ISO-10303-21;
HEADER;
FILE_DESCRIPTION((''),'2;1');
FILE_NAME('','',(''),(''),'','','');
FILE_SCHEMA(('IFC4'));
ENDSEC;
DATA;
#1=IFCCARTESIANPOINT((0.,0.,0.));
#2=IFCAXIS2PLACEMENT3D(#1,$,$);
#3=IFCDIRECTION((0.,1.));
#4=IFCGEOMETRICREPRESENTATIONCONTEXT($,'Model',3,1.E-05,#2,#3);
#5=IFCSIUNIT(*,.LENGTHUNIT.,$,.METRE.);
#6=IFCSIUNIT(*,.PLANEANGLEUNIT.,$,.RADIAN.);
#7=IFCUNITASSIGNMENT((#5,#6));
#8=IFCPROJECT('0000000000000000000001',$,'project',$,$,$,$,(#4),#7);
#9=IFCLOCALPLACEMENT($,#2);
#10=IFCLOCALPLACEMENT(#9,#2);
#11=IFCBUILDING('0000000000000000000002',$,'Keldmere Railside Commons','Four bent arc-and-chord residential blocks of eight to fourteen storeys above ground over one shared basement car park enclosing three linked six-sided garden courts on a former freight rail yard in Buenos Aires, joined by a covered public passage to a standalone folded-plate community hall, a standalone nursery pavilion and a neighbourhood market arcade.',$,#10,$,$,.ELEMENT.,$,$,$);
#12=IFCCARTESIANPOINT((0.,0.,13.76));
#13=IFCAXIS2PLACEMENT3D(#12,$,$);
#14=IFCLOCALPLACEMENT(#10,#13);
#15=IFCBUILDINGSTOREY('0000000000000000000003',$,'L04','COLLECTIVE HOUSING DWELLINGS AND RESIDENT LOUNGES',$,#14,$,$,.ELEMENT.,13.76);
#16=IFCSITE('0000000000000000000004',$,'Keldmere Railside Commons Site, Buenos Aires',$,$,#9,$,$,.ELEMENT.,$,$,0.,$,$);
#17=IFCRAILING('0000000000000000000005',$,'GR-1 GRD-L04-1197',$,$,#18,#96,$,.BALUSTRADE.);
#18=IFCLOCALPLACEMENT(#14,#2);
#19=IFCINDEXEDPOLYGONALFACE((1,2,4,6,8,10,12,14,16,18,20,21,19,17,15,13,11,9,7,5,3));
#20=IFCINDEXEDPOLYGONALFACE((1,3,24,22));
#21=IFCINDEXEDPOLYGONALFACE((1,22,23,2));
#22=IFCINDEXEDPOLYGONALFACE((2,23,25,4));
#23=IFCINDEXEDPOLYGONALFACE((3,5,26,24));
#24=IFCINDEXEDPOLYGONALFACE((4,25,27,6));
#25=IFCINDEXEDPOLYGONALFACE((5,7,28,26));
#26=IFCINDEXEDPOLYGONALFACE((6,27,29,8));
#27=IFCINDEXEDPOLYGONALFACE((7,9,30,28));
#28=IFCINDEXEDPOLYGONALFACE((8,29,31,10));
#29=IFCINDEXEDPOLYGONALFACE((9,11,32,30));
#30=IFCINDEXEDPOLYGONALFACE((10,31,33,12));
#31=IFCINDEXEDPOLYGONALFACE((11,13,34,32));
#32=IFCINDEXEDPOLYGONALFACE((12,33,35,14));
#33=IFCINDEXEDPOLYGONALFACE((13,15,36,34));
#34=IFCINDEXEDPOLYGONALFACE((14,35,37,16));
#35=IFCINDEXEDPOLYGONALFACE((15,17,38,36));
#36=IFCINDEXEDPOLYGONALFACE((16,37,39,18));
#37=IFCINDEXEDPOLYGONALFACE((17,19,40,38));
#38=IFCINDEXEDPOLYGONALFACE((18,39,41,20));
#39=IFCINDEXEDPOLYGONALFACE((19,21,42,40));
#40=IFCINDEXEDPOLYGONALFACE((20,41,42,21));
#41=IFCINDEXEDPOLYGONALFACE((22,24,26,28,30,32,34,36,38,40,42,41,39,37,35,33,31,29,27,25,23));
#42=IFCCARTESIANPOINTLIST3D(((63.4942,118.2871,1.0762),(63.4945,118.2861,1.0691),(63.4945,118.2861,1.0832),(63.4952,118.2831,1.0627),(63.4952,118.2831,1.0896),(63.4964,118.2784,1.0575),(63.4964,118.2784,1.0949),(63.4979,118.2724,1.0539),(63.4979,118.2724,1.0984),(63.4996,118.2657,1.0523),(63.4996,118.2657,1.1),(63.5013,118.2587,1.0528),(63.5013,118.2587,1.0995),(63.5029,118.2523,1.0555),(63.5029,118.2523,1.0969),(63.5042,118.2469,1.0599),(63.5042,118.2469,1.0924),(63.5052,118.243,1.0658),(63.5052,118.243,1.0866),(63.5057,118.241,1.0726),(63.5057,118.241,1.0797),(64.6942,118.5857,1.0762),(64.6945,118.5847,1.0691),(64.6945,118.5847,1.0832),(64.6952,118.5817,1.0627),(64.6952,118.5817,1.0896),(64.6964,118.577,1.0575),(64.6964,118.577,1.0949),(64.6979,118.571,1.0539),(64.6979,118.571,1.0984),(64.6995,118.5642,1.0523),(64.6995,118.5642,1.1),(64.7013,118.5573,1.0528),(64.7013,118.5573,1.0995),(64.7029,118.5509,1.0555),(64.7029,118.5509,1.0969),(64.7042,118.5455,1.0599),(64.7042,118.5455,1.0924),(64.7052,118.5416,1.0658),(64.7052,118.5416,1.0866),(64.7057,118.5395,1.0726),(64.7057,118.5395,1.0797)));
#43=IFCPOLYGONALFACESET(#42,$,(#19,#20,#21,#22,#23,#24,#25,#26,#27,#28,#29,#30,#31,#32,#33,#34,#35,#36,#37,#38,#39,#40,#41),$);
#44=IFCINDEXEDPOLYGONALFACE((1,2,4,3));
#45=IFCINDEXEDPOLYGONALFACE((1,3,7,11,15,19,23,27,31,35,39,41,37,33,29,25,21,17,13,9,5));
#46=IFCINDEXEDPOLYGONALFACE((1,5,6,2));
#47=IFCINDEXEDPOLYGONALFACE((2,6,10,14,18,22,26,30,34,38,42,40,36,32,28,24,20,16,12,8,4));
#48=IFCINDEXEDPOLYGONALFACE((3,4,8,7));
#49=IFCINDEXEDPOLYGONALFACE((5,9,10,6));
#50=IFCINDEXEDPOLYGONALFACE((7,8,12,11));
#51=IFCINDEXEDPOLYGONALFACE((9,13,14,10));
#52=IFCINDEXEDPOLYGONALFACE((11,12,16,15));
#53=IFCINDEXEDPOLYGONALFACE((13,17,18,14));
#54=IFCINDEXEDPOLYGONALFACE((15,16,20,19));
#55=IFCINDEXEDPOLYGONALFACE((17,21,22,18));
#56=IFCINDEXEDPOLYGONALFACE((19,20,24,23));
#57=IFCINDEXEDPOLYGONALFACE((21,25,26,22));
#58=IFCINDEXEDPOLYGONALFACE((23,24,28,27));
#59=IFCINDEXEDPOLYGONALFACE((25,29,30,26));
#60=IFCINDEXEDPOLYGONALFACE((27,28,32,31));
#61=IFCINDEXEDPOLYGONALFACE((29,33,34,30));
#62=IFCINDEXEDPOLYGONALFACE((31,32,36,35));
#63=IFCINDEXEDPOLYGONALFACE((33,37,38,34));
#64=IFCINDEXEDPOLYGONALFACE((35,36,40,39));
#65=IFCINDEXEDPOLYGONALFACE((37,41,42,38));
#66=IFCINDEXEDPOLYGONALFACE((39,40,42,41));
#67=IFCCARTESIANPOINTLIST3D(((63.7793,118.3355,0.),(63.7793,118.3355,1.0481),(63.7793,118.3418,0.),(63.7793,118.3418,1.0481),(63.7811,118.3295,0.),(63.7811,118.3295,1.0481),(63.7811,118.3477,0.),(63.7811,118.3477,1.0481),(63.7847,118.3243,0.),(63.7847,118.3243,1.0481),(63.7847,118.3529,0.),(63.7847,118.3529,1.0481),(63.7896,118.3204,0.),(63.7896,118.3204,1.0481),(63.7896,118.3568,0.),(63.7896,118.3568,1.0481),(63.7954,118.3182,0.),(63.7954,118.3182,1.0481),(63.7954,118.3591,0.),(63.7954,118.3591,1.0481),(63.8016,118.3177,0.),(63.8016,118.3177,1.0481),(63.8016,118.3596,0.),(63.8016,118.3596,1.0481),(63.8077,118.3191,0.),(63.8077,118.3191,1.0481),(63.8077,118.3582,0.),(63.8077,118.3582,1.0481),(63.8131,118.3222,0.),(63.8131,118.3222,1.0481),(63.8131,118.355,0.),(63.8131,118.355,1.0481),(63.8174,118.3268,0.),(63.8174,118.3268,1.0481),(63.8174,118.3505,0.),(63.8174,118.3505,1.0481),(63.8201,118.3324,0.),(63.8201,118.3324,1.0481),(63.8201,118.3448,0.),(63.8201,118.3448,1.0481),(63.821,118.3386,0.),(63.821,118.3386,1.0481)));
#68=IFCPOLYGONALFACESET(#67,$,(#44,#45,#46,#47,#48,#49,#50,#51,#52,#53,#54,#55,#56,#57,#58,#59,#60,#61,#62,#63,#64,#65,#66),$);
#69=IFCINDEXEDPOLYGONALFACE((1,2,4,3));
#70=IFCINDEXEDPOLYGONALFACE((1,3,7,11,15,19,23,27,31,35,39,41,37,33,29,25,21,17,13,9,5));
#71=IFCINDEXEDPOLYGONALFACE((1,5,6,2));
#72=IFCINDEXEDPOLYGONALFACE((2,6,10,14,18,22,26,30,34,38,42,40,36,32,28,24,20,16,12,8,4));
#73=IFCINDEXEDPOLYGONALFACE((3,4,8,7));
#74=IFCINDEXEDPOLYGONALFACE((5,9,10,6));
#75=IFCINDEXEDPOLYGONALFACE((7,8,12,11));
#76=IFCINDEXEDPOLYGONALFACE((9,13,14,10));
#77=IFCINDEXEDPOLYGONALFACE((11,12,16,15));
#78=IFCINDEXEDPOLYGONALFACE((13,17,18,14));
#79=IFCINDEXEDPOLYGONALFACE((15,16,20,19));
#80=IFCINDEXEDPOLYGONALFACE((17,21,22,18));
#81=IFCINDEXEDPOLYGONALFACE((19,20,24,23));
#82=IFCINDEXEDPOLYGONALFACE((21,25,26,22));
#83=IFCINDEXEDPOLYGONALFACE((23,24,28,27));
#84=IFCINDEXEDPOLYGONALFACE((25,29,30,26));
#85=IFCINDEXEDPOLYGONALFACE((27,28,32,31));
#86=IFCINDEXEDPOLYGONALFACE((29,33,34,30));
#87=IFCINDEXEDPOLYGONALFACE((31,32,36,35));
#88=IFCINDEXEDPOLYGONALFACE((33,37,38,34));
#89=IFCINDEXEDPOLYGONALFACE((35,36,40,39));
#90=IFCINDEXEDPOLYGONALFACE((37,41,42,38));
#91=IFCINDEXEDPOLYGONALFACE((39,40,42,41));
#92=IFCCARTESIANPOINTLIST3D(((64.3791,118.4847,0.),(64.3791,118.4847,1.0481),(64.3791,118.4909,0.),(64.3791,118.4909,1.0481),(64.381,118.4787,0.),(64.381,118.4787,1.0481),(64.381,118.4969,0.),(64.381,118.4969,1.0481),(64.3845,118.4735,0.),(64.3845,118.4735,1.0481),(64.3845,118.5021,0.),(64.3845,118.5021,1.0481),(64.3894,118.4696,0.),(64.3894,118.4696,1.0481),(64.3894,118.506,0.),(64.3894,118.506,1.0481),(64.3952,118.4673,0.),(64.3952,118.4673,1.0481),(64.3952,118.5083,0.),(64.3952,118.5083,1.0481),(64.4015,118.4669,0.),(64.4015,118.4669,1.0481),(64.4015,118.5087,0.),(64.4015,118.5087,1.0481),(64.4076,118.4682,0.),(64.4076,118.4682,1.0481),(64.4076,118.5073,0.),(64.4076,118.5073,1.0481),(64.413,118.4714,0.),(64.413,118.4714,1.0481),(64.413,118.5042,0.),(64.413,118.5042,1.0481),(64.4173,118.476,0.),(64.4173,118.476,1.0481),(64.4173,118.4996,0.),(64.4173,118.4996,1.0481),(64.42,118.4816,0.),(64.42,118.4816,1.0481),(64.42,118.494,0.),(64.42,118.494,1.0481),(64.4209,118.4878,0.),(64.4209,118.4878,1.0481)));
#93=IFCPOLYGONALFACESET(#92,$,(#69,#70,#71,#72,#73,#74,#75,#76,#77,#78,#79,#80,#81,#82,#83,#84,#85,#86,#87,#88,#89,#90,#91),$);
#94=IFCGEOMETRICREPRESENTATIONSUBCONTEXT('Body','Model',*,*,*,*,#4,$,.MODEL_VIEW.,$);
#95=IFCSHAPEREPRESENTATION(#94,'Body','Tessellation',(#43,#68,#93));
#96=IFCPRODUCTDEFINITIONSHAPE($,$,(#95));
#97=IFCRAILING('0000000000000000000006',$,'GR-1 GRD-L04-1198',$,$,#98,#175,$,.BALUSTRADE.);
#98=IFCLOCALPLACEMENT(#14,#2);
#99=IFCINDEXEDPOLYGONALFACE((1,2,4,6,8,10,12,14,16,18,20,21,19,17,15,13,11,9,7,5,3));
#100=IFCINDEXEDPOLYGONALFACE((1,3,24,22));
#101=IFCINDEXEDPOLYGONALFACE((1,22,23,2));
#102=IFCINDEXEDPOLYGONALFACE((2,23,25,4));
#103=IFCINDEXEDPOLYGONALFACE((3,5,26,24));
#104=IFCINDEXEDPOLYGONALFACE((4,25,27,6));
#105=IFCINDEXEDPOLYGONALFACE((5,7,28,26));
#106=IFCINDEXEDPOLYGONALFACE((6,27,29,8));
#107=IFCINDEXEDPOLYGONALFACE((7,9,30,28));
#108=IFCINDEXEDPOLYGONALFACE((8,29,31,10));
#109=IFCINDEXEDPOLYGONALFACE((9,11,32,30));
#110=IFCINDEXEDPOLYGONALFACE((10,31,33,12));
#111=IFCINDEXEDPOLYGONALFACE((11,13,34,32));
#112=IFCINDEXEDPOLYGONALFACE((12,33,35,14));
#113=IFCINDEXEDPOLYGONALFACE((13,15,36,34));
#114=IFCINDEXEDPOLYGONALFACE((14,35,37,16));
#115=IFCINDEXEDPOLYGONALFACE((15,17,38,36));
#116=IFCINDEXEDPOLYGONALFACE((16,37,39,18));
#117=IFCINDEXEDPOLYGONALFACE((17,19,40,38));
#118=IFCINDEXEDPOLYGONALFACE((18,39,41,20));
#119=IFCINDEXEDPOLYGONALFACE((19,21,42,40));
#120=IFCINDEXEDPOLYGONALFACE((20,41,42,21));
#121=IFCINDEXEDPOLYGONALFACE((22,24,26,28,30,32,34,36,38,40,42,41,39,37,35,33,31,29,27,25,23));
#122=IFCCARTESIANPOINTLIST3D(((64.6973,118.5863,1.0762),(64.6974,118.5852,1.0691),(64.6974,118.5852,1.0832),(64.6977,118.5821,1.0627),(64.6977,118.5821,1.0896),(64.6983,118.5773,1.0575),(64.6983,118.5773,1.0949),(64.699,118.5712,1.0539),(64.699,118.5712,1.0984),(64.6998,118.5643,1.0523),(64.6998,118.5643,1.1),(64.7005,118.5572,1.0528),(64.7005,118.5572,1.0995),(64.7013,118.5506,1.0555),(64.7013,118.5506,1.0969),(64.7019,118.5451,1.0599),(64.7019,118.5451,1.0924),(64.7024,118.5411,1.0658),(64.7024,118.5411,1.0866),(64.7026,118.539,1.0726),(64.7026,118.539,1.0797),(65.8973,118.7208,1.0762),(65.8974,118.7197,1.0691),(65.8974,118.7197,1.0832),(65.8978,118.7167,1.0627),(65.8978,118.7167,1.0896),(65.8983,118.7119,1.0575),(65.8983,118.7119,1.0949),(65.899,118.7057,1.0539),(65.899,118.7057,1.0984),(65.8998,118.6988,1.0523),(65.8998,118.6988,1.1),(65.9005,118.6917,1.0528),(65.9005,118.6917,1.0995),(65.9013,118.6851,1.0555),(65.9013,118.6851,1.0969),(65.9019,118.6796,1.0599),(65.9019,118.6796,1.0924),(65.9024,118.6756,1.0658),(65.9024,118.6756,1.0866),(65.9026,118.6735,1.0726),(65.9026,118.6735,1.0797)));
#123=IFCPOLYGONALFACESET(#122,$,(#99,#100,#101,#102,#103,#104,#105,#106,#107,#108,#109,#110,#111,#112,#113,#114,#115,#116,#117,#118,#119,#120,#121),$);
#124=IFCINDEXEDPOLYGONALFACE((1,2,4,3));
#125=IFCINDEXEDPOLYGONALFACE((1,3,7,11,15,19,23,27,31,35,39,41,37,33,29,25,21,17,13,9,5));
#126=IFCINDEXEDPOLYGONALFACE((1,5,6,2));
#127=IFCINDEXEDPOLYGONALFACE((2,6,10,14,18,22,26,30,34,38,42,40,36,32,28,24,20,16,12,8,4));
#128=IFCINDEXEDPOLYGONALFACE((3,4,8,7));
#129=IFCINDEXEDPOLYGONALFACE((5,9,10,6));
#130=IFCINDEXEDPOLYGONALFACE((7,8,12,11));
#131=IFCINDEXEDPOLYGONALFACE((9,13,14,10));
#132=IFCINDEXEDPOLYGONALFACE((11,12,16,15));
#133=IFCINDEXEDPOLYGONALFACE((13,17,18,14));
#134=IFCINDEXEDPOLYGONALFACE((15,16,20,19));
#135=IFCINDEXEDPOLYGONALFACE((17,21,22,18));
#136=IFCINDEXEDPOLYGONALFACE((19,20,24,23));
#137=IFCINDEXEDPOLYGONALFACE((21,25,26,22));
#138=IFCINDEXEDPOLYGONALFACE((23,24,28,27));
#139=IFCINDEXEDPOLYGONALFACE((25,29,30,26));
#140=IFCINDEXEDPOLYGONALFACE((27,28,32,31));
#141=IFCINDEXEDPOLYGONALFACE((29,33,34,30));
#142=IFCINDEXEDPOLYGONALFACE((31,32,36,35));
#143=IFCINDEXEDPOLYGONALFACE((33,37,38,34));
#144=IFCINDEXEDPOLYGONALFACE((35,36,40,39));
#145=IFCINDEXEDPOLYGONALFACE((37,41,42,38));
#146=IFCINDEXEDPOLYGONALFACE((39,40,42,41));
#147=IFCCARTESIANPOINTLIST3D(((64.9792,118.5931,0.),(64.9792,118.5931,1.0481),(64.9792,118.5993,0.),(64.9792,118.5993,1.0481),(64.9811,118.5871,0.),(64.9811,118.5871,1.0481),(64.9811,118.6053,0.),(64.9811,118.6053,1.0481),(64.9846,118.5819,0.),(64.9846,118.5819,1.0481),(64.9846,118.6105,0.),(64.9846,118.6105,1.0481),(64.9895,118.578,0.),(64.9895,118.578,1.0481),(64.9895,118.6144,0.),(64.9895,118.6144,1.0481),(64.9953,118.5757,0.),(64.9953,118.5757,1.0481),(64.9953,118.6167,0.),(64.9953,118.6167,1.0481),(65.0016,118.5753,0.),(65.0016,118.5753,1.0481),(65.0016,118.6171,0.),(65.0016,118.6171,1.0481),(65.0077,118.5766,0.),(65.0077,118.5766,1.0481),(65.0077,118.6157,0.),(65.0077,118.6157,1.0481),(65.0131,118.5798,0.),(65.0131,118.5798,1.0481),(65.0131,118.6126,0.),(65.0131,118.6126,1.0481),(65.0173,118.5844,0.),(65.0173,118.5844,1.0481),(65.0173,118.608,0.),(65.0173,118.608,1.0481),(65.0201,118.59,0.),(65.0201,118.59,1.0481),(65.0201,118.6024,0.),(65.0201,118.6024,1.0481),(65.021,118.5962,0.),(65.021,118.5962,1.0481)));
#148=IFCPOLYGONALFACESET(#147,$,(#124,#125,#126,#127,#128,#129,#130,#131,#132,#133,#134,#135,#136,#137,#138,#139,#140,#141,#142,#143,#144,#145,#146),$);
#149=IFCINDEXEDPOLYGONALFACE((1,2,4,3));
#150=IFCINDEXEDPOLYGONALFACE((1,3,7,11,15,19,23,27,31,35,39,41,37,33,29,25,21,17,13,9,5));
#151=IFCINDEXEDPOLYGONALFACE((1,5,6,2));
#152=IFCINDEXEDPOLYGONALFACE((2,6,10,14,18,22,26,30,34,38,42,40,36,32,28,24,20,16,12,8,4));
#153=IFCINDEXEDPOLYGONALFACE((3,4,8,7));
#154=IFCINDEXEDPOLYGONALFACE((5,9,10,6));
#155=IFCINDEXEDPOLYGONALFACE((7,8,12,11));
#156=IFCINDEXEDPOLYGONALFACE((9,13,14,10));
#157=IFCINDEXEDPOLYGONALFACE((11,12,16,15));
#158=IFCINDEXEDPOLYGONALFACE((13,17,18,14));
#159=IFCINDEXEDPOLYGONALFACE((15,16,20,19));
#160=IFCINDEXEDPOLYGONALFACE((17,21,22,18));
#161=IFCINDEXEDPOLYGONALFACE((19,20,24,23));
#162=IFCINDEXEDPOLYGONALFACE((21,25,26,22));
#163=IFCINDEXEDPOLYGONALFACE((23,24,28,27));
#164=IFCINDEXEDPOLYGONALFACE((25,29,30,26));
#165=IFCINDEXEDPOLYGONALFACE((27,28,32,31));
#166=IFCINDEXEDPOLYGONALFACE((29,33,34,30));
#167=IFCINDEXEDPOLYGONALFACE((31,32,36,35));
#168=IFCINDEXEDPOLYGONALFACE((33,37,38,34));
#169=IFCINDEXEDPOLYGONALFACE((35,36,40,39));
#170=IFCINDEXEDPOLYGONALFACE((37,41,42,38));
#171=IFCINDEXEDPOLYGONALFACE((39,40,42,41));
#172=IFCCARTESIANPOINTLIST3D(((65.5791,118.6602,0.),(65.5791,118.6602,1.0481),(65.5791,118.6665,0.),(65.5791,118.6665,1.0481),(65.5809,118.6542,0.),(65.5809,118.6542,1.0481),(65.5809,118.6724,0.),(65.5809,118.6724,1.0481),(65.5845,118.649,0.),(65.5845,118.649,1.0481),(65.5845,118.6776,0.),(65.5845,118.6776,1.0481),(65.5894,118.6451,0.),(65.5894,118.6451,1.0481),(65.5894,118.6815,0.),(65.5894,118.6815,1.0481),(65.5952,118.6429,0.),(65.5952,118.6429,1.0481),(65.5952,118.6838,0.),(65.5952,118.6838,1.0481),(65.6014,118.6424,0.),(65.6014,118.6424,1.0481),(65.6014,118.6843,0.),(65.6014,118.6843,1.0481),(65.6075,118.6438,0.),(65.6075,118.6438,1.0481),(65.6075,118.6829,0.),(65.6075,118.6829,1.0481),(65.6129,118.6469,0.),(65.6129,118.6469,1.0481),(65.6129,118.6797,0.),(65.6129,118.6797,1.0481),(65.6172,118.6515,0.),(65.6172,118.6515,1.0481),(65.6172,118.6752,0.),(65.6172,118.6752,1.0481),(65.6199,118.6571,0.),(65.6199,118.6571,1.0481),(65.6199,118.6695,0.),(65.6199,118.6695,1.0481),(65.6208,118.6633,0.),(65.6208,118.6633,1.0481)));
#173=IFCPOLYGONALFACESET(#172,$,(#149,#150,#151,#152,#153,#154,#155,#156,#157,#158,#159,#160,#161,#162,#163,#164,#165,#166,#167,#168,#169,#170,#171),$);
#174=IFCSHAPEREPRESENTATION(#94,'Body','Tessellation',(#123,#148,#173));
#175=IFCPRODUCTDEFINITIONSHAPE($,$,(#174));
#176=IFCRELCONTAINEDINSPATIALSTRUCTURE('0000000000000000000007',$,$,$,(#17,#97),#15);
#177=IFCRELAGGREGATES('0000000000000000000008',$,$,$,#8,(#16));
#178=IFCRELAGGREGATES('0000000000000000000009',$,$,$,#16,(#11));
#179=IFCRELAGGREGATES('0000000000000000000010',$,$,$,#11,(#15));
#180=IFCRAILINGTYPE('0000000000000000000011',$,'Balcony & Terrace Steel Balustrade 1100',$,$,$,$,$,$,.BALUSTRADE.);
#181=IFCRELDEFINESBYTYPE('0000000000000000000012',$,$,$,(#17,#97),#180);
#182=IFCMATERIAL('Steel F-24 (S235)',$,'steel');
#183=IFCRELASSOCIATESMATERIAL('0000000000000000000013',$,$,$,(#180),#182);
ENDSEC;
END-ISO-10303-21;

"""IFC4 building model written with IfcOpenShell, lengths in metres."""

from ifc_helpers import new_model, si_unit, direction, frame, origin, origin_2d, place, context, subcontext, project, spatial, circle, extrude, material, type_object, element, save


model = new_model("IFC4")

# Units and contexts
model_context = context("Model", 3, precision=1e-05, world=origin(), true_north=direction((0.0, 1.0)))
body_context = subcontext(model_context, "Body", "Model", "MODEL_VIEW")
ifc_project = project(units=[si_unit("LENGTHUNIT", "METRE"), si_unit("PLANEANGLEUNIT", "RADIAN")], contexts=[model_context])

# Site, building, storey
site_placement = place(None, origin())
site = spatial("IfcSite", under=ifc_project, at=site_placement, Name="Keldmere Railside Commons Site, Buenos Aires", CompositionType="ELEMENT", RefElevation=0.0)
building_placement = place(site_placement, origin())
building = spatial("IfcBuilding", under=site, at=building_placement, Name="Keldmere Railside Commons", Description="Four bent arc-and-chord residential blocks of eight to fourteen storeys above ground over one shared basement car park enclosing three linked six-sided garden courts on a former freight rail yard in Buenos Aires, joined by a covered public passage to a standalone folded-plate community hall, a standalone nursery pavilion and a neighbourhood market arcade.", CompositionType="ELEMENT")
storey_placement = place(building_placement, frame((0.0, 0.0, 13.76)))
storey = spatial("IfcBuildingStorey", under=building, at=storey_placement, Name="L04", Description="COLLECTIVE HOUSING DWELLINGS AND RESIDENT LOUNGES", CompositionType="ELEMENT", Elevation=13.76)

# Railings
ifc_material_1 = material(Name="Steel F-24 (S235)", Category="steel")
railing_type = type_object("IfcRailingType", Name="Balcony & Terrace Steel Balustrade 1100", PredefinedType="BALUSTRADE", material=ifc_material_1)
railing_1_placement = place(storey_placement, frame((63.5, 118.2639, 0.0)))
element("IfcRailing", 1, at=railing_1_placement, inside=storey, type_object=railing_type, Name="GR-1 GRD-L04-1197", PredefinedType="BALUSTRADE", context=body_context, shape_type="SweptSolid", body=[
    extrude(circle(Radius=0.0239, at=origin_2d()), frame((0.0, 0.0, 1.0762), z_axis=(0.970409, 0.241467, 0.0), x_axis=(-0.241467, 0.970409, 0.0)), (0.0, 0.0, 1.0), 1.2366),
    extrude(circle(Radius=0.021, at=origin_2d()), frame((0.3, 0.0747, 0.0)), (0.0, 0.0, 1.0), 1.0481),
    extrude(circle(Radius=0.021, at=origin_2d()), frame((0.8999, 0.2239, 0.0)), (0.0, 0.0, 1.0), 1.0481),
])
railing_2_placement = place(storey_placement, frame((64.7, 118.5625, 0.0)))
element("IfcRailing", 2, at=railing_2_placement, inside=storey, type_object=railing_type, Name="GR-1 GRD-L04-1198", PredefinedType="BALUSTRADE", context=body_context, shape_type="SweptSolid", body=[
    extrude(circle(Radius=0.0239, at=origin_2d()), frame((0.0, 0.0, 1.0762), z_axis=(0.993775, 0.111408, 0.0), x_axis=(-0.111408, 0.993775, 0.0)), (0.0, 0.0, 1.0), 1.2075),
    extrude(circle(Radius=0.021, at=origin_2d()), frame((0.3, 0.0337, 0.0)), (0.0, 0.0, 1.0), 1.0481),
    extrude(circle(Radius=0.021, at=origin_2d()), frame((0.8999, 0.1008, 0.0)), (0.0, 0.0, 1.0), 1.0481),
])

save(model, "model.ifc")
